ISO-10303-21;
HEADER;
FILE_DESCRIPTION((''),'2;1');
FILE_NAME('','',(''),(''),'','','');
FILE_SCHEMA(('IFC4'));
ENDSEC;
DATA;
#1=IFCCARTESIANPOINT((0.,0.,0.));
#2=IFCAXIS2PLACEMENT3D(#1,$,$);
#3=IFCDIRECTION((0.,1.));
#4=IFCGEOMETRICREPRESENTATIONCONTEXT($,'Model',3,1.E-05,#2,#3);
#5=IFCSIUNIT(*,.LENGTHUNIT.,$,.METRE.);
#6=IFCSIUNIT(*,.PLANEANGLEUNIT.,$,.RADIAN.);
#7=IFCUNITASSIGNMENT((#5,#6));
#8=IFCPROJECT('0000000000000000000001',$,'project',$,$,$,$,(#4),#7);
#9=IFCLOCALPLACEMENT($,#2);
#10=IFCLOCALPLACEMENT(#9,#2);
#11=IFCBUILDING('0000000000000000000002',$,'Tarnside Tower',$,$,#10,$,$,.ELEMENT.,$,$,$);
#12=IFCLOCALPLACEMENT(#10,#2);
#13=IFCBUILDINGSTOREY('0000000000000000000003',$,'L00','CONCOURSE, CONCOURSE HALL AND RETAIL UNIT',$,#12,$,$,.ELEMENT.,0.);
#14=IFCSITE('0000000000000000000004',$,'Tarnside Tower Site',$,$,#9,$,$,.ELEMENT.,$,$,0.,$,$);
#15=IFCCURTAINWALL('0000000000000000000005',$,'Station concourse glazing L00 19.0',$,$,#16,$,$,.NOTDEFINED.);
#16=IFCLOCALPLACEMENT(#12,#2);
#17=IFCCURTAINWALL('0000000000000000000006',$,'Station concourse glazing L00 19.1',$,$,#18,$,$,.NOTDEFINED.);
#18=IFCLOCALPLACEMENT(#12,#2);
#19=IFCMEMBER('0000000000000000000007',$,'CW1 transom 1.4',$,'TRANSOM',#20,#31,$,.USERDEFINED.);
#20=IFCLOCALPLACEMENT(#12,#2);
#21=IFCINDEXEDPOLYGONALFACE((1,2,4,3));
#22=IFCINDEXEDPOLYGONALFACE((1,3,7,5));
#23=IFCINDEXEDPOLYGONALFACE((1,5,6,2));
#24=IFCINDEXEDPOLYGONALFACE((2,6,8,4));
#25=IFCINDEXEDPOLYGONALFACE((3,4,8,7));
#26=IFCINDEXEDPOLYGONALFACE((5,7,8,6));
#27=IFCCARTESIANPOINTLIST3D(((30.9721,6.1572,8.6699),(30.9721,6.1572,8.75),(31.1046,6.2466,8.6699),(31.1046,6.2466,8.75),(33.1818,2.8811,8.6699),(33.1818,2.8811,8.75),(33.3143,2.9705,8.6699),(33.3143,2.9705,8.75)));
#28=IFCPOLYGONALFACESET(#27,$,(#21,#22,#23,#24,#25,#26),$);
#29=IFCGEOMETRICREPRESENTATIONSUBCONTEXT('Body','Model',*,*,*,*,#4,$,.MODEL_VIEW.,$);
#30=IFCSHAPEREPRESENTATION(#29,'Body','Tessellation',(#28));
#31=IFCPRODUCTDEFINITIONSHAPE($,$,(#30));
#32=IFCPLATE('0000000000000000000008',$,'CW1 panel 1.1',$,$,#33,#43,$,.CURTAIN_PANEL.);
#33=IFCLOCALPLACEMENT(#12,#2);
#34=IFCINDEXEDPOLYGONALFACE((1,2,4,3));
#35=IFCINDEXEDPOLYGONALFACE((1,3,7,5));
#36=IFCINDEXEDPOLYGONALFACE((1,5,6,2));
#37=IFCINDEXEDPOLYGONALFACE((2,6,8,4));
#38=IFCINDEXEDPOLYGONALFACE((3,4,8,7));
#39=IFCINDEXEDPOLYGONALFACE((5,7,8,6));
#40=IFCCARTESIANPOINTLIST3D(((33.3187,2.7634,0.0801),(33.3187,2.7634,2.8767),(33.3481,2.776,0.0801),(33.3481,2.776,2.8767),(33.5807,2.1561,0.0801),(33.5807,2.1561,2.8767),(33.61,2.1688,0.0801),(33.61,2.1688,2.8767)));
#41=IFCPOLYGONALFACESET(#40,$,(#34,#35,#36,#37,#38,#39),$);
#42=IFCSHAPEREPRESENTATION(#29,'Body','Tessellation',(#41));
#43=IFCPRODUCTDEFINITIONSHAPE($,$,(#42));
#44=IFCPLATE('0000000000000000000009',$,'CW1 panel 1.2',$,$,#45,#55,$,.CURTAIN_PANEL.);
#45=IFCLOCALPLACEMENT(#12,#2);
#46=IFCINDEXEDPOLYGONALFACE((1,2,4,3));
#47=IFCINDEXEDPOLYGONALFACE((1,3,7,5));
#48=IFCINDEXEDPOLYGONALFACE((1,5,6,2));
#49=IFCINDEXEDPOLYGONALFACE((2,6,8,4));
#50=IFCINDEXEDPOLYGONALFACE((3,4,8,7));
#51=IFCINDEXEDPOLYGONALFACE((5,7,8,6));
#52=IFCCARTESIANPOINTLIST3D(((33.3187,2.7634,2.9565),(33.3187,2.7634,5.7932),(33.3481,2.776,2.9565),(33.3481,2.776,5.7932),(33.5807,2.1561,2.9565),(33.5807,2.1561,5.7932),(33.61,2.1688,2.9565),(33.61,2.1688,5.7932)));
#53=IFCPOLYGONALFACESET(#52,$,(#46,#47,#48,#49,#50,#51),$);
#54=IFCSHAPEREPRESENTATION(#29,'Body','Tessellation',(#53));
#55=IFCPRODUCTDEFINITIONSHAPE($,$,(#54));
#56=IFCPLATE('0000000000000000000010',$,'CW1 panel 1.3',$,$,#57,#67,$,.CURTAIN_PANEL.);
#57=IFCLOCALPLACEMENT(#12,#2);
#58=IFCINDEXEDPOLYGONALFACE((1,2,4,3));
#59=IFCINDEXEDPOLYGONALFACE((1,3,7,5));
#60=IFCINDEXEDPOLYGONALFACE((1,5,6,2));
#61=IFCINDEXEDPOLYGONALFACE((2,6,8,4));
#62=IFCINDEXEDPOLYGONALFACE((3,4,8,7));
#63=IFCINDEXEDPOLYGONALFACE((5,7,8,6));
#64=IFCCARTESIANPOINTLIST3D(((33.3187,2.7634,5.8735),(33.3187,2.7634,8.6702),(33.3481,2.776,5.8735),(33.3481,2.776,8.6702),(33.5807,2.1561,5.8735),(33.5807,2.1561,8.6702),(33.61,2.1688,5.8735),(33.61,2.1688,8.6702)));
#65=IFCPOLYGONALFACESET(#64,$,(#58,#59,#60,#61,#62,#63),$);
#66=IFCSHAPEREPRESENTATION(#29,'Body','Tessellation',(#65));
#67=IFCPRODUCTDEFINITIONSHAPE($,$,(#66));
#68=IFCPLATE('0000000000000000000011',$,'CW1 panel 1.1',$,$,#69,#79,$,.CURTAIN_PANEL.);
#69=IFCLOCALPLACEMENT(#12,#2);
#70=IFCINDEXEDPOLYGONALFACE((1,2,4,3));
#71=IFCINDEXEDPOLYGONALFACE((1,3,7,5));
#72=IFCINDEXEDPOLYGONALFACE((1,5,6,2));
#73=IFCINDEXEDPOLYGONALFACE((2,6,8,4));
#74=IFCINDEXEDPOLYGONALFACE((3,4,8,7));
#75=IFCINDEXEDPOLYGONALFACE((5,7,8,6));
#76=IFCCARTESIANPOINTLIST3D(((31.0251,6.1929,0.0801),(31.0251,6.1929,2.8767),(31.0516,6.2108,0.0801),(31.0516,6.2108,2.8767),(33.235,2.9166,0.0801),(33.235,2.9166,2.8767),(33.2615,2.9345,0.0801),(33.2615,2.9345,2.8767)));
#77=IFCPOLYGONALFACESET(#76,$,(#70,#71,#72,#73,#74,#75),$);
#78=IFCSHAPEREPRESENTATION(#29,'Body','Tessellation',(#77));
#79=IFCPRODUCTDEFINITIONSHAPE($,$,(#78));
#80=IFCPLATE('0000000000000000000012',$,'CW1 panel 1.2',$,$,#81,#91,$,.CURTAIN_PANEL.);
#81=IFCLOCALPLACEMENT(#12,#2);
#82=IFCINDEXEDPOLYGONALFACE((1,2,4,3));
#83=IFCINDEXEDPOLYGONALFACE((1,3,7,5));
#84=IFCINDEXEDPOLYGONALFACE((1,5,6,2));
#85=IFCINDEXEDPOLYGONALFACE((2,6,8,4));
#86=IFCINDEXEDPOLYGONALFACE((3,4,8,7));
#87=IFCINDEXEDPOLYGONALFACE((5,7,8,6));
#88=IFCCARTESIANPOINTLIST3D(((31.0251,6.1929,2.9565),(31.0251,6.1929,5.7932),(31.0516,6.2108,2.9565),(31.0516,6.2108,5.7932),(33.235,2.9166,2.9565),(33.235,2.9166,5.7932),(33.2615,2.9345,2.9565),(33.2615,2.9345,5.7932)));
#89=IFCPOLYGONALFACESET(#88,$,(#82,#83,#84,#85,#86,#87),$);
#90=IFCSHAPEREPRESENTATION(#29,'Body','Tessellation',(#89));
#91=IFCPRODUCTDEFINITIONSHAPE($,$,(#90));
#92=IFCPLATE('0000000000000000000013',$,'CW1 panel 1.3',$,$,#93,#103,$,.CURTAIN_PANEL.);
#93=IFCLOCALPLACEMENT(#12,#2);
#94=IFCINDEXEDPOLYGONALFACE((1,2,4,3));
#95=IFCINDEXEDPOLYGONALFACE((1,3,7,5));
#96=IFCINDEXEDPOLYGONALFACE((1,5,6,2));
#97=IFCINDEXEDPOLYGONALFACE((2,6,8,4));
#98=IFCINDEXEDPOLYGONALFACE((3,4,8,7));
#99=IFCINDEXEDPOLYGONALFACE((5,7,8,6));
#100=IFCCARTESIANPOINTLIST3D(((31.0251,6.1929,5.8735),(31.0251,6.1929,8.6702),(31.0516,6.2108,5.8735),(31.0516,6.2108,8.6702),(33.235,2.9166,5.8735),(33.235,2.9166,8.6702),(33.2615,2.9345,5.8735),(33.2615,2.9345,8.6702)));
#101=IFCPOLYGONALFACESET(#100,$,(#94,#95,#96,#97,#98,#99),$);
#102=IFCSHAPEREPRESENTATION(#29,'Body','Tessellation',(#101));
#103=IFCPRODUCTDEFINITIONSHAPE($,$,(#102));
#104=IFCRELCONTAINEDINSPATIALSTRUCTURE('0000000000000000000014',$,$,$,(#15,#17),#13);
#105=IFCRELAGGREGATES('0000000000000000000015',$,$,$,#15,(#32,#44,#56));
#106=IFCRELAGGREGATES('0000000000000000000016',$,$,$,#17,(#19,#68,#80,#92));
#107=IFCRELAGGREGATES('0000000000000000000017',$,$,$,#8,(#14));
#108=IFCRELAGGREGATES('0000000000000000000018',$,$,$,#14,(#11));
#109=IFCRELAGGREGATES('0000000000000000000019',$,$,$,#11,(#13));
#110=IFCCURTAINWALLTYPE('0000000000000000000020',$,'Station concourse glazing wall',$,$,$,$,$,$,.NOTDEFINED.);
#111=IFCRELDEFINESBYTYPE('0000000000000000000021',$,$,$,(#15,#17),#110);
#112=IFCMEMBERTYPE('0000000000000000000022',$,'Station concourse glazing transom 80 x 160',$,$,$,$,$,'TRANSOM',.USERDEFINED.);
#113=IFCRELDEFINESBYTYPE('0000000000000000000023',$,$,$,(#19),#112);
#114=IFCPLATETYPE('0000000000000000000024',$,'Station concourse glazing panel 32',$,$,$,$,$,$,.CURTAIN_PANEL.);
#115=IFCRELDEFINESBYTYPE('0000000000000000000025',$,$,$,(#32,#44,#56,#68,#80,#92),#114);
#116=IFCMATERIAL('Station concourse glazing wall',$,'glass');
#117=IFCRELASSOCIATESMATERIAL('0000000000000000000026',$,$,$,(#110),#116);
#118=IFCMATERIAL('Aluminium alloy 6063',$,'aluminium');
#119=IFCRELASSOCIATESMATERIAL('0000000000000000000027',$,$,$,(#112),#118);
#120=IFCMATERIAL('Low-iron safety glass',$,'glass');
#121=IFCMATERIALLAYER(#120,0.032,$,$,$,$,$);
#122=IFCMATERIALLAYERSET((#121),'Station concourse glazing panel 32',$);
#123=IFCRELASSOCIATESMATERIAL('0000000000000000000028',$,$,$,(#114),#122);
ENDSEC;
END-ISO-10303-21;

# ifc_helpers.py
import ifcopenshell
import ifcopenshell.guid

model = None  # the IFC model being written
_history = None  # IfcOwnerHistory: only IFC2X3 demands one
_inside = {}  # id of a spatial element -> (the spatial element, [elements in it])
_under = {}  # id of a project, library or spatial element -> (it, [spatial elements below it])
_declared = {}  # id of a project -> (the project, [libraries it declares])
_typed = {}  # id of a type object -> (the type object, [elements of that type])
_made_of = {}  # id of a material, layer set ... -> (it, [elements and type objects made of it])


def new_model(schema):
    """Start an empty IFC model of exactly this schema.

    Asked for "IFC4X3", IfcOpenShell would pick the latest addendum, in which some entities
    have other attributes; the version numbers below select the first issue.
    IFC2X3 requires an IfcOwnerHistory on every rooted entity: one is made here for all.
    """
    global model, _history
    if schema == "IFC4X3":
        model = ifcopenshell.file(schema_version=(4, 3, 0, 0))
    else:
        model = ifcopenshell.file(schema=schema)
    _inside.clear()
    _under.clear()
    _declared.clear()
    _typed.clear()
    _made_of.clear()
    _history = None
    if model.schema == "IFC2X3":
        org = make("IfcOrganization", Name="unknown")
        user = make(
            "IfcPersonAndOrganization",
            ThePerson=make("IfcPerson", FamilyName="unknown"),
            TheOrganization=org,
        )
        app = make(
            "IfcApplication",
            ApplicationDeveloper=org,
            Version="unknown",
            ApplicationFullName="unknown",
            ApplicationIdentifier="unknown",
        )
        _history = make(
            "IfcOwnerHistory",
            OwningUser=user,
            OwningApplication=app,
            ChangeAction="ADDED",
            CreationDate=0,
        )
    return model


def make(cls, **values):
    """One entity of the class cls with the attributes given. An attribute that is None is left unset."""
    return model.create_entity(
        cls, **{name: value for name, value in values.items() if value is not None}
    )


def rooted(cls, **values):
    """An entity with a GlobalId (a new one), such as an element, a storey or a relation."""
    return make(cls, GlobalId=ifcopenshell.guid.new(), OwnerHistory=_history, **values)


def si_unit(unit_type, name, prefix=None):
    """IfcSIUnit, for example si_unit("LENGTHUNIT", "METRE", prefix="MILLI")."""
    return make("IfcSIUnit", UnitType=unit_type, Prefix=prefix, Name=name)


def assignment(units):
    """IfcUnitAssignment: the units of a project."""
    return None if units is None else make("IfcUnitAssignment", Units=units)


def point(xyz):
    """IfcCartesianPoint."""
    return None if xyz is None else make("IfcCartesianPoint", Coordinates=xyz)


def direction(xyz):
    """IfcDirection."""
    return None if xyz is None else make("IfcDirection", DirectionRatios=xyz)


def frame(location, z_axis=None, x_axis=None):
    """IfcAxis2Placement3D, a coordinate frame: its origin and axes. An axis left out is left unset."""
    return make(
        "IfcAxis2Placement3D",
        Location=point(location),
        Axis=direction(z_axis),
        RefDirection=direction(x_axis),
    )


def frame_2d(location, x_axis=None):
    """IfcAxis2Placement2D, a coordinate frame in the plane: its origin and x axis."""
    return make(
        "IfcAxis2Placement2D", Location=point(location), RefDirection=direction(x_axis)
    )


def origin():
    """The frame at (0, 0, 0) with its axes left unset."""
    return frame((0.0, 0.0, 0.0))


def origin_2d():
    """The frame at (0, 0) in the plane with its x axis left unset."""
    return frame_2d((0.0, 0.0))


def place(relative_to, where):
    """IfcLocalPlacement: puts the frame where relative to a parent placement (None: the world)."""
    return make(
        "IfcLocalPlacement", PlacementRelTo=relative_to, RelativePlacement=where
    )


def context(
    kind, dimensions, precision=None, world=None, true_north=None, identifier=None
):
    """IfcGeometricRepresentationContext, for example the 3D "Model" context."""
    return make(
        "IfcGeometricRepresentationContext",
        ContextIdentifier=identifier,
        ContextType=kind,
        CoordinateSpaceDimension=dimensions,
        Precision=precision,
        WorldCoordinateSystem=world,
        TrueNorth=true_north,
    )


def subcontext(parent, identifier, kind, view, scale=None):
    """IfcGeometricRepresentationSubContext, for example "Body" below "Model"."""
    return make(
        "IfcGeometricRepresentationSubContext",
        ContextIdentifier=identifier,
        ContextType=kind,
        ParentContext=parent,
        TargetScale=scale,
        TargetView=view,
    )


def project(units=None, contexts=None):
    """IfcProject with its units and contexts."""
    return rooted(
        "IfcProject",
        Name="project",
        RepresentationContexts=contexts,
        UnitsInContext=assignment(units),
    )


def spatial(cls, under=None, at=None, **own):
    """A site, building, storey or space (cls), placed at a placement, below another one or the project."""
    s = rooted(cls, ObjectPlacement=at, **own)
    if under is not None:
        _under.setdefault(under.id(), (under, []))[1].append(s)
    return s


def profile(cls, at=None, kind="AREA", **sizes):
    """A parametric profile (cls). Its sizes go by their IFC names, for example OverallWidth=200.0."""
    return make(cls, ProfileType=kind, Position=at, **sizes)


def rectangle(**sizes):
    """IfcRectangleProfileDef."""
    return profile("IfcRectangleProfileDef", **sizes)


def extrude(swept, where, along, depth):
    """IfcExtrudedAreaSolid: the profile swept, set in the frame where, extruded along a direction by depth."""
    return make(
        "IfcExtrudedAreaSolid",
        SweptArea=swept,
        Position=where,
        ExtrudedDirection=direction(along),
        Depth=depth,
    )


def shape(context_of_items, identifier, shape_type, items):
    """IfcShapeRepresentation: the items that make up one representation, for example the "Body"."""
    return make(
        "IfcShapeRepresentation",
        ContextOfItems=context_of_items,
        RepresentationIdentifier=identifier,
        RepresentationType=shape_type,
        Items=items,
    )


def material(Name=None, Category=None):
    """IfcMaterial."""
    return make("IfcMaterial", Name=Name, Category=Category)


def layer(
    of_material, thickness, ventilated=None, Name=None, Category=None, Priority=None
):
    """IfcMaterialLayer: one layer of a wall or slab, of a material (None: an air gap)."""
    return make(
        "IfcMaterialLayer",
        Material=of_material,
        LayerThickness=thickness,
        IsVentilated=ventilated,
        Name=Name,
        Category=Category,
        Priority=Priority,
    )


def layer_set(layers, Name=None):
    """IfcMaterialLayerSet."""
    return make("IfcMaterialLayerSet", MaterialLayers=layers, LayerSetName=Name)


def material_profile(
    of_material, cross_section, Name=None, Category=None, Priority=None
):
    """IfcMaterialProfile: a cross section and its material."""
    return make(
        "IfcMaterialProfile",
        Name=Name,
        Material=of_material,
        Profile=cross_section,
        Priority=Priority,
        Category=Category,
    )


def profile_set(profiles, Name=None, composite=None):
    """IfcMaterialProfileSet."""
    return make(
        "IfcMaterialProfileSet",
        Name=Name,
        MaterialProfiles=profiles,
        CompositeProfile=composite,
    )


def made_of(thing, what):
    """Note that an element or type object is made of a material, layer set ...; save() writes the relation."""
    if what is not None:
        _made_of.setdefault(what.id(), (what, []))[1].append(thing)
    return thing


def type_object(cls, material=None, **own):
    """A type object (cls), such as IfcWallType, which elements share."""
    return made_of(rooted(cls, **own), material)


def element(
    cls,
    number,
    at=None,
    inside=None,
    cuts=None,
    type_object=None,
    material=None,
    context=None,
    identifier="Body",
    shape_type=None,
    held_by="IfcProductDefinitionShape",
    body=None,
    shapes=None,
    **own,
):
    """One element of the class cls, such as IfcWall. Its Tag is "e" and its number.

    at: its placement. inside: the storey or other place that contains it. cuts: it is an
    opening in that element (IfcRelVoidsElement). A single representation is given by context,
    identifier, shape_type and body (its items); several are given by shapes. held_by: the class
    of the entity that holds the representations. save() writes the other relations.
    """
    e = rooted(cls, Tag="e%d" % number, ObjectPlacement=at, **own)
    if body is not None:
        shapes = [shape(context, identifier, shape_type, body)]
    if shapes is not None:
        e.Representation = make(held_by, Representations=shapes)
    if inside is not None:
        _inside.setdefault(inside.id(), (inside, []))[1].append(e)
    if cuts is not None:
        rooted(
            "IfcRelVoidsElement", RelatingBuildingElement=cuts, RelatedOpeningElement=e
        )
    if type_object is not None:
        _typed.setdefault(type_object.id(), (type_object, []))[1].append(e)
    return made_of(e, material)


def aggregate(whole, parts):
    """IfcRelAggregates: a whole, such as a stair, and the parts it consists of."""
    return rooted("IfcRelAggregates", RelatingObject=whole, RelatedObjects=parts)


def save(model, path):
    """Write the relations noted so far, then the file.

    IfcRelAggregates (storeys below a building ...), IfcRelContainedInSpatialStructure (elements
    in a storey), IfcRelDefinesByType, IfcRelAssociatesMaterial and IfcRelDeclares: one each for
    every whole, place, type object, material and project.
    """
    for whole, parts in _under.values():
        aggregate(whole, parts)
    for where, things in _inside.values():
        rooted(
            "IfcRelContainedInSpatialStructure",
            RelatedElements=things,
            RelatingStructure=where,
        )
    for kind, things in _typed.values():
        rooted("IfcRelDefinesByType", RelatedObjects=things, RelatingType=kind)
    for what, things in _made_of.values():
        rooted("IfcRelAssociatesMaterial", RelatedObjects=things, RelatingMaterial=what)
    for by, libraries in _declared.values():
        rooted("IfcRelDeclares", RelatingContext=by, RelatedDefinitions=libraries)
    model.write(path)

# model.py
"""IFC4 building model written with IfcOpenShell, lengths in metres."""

from ifc_helpers import new_model, si_unit, direction, frame, origin, origin_2d, place, context, subcontext, project, spatial, rectangle, extrude, material, layer, layer_set, material_profile, profile_set, type_object, element, aggregate, save


model = new_model("IFC4")

# Units and contexts
model_context = context("Model", 3, precision=1e-05, world=origin(), true_north=direction((0.0, 1.0)))
body_context = subcontext(model_context, "Body", "Model", "MODEL_VIEW")
ifc_project = project(units=[si_unit("LENGTHUNIT", "METRE"), si_unit("PLANEANGLEUNIT", "RADIAN")], contexts=[model_context])

# Site, building, storey
site_placement = place(None, origin())
site = spatial("IfcSite", under=ifc_project, at=site_placement, Name="Tarnside Tower Site", CompositionType="ELEMENT", RefElevation=0.0)
building_placement = place(site_placement, origin())
building = spatial("IfcBuilding", under=site, at=building_placement, Name="Tarnside Tower", CompositionType="ELEMENT")
storey_placement = place(building_placement, origin())
storey = spatial("IfcBuildingStorey", under=building, at=storey_placement, Name="L00", Description="CONCOURSE, CONCOURSE HALL AND RETAIL UNIT", CompositionType="ELEMENT", Elevation=0.0)

# Shared definitions
ifc_material_1 = material(Name="Aluminium alloy 6063", Category="aluminium")

# Curtain walls, member
ifc_material_2 = material(Name="Station concourse glazing wall", Category="glass")
curtain_wall_type_1 = type_object("IfcCurtainWallType", Name="Station concourse glazing wall", PredefinedType="NOTDEFINED", material=ifc_material_2)
curtain_wall_1_placement = place(storey_placement, origin())
curtain_wall_1 = element("IfcCurtainWall", 1, at=curtain_wall_1_placement, inside=storey, type_object=curtain_wall_type_1, Name="Station concourse glazing L00 19.0", PredefinedType="NOTDEFINED")
ifc_material_profile_1 = material_profile(ifc_material_1, rectangle(XDim=0.1599, YDim=0.0801, at=origin_2d()), Name="Station concourse glazing transom 80 x 160")
ifc_profile_set_1 = profile_set([ifc_material_profile_1], Name="Aluminium alloy 6063")
member_type_1 = type_object("IfcMemberType", Name="Station concourse glazing transom 80 x 160", ElementType="TRANSOM", PredefinedType="USERDEFINED", material=ifc_profile_set_1)
curtain_wall_2_placement = place(storey_placement, origin())
curtain_wall_2 = element("IfcCurtainWall", 2, at=curtain_wall_2_placement, inside=storey, type_object=curtain_wall_type_1, Name="Station concourse glazing L00 19.1", PredefinedType="NOTDEFINED")
member_1_placement = place(storey_placement, frame((33.248, 2.9258, 8.71), z_axis=(-0.559183, 0.829044, 0.0), x_axis=(-0.829044, -0.559183, 0.0)))
member_1 = element("IfcMember", 3, at=member_1_placement, type_object=member_type_1, Name="CW1 transom 1.4", ObjectType="TRANSOM", PredefinedType="USERDEFINED", context=body_context, shape_type="SweptSolid", body=[
    extrude(rectangle(XDim=0.1599, YDim=0.0801, at=origin_2d()), origin(), (0.0, 0.0, 1.0), 3.9517),
])

# Plates
ifc_material_3 = material(Name="Low-iron safety glass", Category="glass")
ifc_layer = layer(ifc_material_3, 0.032)
ifc_layer_set = layer_set([ifc_layer], Name="Station concourse glazing panel 32")
plate_type = type_object("IfcPlateType", Name="Station concourse glazing panel 32", PredefinedType="CURTAIN_PANEL", material=ifc_layer_set)
plate_1_placement = place(storey_placement, frame((33.4644, 2.4661, 0.0801), z_axis=(0.0, 0.0, 1.0), x_axis=(-0.39608, 0.918216, 0.0)))
plate_1 = element("IfcPlate", 4, at=plate_1_placement, type_object=plate_type, Name="CW1 panel 1.1", PredefinedType="CURTAIN_PANEL", context=body_context, shape_type="SweptSolid", body=[
    extrude(rectangle(XDim=0.6614, YDim=0.032, at=origin_2d()), origin(), (0.0, 0.0, 1.0), 2.7966),
])
plate_2_placement = place(storey_placement, frame((33.4644, 2.4661, 2.9565), z_axis=(0.0, 0.0, 1.0), x_axis=(-0.39608, 0.918216, 0.0)))
plate_2 = element("IfcPlate", 5, at=plate_2_placement, type_object=plate_type, Name="CW1 panel 1.2", PredefinedType="CURTAIN_PANEL", context=body_context, shape_type="SweptSolid", body=[
    extrude(rectangle(XDim=0.6614, YDim=0.032, at=origin_2d()), origin(), (0.0, 0.0, 1.0), 2.8367),
])
plate_3_placement = place(storey_placement, frame((33.4644, 2.4661, 5.8735), z_axis=(0.0, 0.0, 1.0), x_axis=(-0.39608, 0.918216, 0.0)))
plate_3 = element("IfcPlate", 6, at=plate_3_placement, type_object=plate_type, Name="CW1 panel 1.3", PredefinedType="CURTAIN_PANEL", context=body_context, shape_type="SweptSolid", body=[
    extrude(rectangle(XDim=0.6614, YDim=0.032, at=origin_2d()), origin(), (0.0, 0.0, 1.0), 2.7966),
])
aggregate(curtain_wall_1, [plate_1, plate_2, plate_3])
plate_4_placement = place(storey_placement, frame((32.1433, 4.5637, 0.0801), z_axis=(0.0, 0.0, 1.0), x_axis=(-0.559193, 0.829038, 0.0)))
plate_4 = element("IfcPlate", 7, at=plate_4_placement, type_object=plate_type, Name="CW1 panel 1.1", PredefinedType="CURTAIN_PANEL", context=body_context, shape_type="SweptSolid", body=[
    extrude(rectangle(XDim=3.9519, YDim=0.032, at=origin_2d()), origin(), (0.0, 0.0, 1.0), 2.7966),
])
plate_5_placement = place(storey_placement, frame((32.1433, 4.5637, 2.9565), z_axis=(0.0, 0.0, 1.0), x_axis=(-0.559193, 0.829038, 0.0)))
plate_5 = element("IfcPlate", 8, at=plate_5_placement, type_object=plate_type, Name="CW1 panel 1.2", PredefinedType="CURTAIN_PANEL", context=body_context, shape_type="SweptSolid", body=[
    extrude(rectangle(XDim=3.9519, YDim=0.032, at=origin_2d()), origin(), (0.0, 0.0, 1.0), 2.8367),
])
plate_6_placement = place(storey_placement, frame((32.1433, 4.5637, 5.8735), z_axis=(0.0, 0.0, 1.0), x_axis=(-0.559193, 0.829038, 0.0)))
plate_6 = element("IfcPlate", 9, at=plate_6_placement, type_object=plate_type, Name="CW1 panel 1.3", PredefinedType="CURTAIN_PANEL", context=body_context, shape_type="SweptSolid", body=[
    extrude(rectangle(XDim=3.9519, YDim=0.032, at=origin_2d()), origin(), (0.0, 0.0, 1.0), 2.7966),
])
aggregate(curtain_wall_2, [member_1, plate_4, plate_5, plate_6])

save(model, "model.ifc")
